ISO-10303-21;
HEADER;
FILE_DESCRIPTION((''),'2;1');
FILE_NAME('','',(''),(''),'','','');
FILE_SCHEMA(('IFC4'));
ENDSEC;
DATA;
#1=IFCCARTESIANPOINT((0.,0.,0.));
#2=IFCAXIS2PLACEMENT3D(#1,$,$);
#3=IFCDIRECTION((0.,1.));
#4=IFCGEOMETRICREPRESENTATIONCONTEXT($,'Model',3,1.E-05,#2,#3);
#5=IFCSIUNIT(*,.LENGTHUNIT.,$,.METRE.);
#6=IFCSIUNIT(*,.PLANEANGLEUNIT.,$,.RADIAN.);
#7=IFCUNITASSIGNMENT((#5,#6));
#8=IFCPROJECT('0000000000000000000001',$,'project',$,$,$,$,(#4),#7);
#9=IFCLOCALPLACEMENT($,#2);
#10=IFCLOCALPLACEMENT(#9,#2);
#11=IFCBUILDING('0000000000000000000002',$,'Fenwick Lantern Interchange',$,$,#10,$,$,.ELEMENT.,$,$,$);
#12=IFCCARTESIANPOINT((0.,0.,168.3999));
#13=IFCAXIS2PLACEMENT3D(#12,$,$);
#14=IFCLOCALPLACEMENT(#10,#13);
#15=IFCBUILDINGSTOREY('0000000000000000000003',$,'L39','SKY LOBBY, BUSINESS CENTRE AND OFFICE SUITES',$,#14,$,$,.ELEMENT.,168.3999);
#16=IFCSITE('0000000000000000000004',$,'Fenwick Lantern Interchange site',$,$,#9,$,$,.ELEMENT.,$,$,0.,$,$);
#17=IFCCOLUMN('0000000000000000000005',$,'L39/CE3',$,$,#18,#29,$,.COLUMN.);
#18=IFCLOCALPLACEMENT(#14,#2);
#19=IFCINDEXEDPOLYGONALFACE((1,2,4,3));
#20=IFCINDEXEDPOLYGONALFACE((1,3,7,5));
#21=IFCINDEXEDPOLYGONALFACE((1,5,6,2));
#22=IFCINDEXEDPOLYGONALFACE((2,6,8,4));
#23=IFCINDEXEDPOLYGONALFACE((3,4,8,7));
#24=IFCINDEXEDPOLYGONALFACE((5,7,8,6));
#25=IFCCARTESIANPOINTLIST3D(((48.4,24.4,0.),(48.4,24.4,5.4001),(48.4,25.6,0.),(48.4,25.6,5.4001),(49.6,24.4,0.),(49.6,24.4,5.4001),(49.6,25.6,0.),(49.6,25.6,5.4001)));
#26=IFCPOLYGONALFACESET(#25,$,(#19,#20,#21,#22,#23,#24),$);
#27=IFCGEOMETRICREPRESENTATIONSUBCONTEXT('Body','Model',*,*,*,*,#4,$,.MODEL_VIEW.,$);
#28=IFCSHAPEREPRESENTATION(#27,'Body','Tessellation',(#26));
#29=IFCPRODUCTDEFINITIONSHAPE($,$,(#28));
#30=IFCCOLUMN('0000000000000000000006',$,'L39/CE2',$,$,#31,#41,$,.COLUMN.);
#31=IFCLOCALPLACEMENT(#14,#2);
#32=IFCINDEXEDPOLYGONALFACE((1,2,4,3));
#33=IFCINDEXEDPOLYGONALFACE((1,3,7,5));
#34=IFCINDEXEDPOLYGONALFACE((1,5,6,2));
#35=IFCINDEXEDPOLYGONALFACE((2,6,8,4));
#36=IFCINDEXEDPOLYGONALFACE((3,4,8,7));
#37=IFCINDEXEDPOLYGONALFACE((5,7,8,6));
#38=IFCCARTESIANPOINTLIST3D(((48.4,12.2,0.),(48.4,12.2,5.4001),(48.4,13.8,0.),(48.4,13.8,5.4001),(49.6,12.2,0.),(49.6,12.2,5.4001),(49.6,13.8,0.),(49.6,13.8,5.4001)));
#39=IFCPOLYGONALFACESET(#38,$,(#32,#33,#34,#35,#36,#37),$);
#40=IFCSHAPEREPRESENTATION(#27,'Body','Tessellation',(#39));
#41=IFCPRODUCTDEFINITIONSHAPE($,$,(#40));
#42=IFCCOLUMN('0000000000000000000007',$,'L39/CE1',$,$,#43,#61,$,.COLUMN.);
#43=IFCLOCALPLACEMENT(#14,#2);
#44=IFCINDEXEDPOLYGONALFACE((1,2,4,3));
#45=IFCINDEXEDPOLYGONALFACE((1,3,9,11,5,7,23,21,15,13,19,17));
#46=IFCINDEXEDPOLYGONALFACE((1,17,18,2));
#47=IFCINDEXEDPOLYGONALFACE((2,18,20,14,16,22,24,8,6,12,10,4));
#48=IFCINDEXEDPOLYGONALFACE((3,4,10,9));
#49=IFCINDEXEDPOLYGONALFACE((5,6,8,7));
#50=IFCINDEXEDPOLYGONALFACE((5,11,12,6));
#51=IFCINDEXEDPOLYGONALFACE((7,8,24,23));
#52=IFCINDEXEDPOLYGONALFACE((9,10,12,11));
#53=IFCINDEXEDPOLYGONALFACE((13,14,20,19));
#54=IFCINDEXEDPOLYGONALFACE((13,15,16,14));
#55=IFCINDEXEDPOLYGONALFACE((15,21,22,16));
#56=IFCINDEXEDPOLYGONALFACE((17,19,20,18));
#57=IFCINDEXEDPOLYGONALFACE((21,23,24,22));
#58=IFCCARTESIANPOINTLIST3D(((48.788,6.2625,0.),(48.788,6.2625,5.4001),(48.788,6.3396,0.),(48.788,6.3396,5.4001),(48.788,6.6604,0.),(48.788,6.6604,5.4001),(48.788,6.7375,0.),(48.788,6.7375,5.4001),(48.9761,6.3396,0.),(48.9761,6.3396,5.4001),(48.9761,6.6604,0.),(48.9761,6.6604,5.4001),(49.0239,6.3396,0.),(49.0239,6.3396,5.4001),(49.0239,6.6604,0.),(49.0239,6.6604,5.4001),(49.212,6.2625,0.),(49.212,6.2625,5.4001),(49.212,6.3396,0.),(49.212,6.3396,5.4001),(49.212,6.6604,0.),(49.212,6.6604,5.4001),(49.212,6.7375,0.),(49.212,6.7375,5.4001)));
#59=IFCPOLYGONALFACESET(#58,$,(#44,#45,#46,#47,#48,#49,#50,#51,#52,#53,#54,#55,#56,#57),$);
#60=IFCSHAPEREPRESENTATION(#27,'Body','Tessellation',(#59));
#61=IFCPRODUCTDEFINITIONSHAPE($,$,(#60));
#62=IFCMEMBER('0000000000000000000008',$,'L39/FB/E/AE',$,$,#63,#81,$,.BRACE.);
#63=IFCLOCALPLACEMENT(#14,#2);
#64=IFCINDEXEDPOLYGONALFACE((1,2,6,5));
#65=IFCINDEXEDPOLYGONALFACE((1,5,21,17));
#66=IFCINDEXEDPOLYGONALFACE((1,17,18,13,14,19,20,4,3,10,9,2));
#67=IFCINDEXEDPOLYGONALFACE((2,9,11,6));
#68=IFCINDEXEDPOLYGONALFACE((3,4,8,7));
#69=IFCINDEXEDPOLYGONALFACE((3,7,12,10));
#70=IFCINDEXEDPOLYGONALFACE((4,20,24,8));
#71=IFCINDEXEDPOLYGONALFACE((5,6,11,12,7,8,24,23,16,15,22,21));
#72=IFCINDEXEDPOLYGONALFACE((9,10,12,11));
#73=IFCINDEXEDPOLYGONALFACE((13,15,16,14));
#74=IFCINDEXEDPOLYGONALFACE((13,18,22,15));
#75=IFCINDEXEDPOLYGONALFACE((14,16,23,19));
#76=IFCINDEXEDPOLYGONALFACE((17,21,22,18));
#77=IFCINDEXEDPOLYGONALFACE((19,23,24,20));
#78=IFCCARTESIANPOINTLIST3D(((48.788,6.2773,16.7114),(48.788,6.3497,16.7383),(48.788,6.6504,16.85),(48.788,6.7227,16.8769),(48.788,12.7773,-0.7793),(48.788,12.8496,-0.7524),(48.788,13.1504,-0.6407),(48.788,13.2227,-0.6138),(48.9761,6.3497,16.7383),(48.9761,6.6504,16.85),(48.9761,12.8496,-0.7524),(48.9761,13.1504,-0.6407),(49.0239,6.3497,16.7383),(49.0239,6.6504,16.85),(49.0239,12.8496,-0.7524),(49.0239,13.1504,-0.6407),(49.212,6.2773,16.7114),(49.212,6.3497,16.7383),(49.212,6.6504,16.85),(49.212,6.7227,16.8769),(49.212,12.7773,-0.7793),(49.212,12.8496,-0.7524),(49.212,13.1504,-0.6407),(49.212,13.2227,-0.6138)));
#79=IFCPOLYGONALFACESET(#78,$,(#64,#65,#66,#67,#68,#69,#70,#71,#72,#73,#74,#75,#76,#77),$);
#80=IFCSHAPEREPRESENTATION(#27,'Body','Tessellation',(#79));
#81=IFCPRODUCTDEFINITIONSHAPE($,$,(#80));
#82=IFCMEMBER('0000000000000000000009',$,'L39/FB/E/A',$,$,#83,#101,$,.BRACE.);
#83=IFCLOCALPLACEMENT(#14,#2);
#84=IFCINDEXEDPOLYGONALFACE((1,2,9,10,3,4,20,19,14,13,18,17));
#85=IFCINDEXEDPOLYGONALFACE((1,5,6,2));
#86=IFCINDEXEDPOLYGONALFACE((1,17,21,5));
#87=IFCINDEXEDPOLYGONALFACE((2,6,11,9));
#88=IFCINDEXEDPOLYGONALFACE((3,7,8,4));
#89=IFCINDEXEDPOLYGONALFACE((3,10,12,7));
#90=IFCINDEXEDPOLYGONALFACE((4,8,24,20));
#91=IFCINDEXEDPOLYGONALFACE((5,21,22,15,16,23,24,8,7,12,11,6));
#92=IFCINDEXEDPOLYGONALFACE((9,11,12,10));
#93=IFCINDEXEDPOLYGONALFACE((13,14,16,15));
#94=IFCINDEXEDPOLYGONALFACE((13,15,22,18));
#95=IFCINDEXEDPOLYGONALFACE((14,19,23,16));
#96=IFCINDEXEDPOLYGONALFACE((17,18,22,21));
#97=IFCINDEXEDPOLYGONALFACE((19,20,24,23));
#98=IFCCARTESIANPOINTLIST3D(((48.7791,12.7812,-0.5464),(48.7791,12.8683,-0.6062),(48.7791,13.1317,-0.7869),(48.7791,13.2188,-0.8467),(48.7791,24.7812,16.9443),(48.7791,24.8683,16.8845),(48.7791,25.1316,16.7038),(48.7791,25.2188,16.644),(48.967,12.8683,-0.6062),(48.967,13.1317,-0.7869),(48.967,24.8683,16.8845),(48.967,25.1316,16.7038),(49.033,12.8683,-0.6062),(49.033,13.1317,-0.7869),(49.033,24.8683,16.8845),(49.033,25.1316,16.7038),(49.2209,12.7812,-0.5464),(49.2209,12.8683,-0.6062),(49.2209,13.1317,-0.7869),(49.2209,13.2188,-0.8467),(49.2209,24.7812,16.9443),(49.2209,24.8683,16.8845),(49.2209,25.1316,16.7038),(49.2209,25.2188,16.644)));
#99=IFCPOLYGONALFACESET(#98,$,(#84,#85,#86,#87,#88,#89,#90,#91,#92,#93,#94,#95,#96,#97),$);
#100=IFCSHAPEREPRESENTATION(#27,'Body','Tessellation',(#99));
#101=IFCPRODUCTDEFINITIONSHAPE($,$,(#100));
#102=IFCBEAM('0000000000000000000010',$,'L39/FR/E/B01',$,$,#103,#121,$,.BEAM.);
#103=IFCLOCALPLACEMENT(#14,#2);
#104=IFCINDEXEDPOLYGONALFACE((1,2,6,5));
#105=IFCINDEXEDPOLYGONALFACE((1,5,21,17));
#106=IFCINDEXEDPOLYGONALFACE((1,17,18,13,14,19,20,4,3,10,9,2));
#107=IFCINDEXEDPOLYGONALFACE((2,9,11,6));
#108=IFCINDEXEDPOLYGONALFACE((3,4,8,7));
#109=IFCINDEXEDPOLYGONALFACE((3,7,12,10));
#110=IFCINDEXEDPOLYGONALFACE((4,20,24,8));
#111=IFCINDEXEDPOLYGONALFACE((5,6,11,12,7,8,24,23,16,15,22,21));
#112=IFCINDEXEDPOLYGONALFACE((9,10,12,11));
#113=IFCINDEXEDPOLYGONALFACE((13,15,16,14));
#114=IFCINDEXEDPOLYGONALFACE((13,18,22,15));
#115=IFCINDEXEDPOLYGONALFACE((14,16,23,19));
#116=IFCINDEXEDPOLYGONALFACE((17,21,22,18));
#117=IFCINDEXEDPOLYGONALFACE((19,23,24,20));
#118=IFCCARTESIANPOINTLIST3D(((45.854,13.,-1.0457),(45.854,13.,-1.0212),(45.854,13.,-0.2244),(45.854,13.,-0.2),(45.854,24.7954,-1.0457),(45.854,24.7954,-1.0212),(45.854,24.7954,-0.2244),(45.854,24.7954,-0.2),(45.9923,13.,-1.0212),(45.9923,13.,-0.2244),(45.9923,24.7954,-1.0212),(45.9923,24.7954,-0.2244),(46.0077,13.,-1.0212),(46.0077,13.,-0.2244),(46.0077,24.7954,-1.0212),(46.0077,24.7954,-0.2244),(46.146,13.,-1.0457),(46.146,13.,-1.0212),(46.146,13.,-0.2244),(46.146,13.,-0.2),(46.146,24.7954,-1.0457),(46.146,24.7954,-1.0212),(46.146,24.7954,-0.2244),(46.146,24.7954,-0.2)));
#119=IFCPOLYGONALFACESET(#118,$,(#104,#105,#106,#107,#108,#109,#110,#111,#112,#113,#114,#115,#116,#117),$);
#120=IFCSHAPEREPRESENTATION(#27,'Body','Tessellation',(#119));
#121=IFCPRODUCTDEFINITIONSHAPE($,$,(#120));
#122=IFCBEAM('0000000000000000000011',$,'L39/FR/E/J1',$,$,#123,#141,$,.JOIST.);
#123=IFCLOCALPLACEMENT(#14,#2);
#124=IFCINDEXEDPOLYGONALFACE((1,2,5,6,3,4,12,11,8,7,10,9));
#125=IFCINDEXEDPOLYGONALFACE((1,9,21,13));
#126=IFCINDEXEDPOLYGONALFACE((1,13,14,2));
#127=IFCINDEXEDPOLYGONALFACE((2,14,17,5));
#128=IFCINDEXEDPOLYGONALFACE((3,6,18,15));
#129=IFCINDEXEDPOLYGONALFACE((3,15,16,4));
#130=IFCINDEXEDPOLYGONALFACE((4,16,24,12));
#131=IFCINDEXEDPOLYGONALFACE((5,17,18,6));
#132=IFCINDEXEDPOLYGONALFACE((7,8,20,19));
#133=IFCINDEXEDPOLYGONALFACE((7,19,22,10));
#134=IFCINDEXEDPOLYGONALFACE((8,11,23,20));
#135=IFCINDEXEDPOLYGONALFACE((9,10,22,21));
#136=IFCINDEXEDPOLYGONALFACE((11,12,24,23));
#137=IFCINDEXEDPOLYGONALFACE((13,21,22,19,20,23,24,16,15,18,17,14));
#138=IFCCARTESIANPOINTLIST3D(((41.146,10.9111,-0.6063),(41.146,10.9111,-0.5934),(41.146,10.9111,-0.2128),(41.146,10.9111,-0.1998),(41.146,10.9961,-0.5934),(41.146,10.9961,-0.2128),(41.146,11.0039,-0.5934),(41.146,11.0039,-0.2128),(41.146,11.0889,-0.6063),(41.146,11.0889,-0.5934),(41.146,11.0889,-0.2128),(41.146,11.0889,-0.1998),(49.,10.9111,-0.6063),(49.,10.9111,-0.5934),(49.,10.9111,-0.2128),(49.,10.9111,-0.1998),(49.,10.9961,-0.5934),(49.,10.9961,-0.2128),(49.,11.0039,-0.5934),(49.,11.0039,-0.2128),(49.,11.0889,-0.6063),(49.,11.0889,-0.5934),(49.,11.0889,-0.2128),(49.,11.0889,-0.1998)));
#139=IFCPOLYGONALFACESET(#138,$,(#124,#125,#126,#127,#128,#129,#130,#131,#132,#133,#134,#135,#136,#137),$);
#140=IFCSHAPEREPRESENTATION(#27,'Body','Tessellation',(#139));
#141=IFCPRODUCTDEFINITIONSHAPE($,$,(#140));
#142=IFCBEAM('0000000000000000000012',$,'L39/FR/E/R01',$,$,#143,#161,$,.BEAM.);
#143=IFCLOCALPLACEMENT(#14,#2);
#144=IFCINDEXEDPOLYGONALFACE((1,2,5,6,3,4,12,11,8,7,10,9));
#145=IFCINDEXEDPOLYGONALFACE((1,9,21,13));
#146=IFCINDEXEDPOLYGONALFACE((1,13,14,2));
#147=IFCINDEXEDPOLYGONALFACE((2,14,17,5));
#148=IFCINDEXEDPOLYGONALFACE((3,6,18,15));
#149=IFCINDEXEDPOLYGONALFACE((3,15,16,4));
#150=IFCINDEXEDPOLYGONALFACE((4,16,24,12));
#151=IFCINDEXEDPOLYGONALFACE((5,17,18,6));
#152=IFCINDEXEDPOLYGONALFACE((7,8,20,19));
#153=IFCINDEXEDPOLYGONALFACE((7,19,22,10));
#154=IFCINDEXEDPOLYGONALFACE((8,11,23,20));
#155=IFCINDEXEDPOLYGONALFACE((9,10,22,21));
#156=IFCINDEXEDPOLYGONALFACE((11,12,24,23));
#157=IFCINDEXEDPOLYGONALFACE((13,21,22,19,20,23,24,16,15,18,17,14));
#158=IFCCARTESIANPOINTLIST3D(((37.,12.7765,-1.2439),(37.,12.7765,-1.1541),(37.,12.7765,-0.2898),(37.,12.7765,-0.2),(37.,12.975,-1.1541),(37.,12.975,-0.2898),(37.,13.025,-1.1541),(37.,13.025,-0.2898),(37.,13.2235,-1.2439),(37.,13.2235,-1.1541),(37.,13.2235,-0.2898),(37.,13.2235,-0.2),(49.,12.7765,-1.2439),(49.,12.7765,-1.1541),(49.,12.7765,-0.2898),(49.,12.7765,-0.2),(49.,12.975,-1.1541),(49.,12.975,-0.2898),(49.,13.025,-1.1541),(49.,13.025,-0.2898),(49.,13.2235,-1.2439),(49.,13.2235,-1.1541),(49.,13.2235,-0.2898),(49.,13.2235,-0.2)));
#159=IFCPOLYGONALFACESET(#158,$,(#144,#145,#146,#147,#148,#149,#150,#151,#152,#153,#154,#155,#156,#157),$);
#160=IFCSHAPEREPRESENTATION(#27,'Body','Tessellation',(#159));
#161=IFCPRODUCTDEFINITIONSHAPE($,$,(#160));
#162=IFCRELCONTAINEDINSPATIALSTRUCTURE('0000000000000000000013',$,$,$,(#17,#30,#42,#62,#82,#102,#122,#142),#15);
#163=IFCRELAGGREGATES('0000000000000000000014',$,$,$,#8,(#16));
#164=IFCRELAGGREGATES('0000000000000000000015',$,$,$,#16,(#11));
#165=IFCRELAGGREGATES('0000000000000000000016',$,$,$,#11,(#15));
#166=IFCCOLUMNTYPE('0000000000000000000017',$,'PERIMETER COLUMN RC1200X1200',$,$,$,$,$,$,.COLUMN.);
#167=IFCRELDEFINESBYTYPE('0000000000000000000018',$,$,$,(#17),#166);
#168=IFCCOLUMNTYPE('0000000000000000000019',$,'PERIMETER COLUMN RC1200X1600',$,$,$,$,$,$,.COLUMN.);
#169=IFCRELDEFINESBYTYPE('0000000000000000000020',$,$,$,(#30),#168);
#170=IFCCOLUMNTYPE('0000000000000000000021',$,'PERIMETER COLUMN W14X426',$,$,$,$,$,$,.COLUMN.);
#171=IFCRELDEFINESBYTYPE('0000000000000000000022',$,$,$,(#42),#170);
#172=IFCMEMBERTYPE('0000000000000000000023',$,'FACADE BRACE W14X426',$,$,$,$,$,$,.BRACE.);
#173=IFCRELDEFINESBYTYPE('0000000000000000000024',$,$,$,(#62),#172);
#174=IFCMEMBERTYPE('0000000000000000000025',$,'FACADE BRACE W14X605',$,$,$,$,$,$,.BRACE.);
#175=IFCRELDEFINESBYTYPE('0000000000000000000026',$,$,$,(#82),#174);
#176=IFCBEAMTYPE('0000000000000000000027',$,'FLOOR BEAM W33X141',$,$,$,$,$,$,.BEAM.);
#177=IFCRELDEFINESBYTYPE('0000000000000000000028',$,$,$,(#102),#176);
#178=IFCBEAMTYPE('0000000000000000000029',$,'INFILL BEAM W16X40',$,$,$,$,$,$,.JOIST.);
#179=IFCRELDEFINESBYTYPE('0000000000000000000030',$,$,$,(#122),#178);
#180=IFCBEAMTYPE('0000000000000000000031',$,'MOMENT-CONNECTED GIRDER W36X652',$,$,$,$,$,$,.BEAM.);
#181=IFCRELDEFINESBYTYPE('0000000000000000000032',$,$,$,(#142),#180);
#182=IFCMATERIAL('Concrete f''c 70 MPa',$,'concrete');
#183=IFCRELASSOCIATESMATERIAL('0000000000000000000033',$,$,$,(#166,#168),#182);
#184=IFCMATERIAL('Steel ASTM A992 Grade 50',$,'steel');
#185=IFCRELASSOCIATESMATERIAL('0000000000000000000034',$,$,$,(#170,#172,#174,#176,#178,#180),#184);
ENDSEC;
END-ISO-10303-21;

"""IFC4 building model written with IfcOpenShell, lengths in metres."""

from ifc_helpers import new_model, si_unit, direction, frame, origin, origin_2d, place, context, subcontext, project, spatial, rectangle, i_section, extrude, material, material_profile, profile_set, type_object, element, save


model = new_model("IFC4")

# Units and contexts
model_context = context("Model", 3, precision=1e-05, world=origin(), true_north=direction((0.0, 1.0)))
body_context = subcontext(model_context, "Body", "Model", "MODEL_VIEW")
ifc_project = project(units=[si_unit("LENGTHUNIT", "METRE"), si_unit("PLANEANGLEUNIT", "RADIAN")], contexts=[model_context])

# Site, building, storey
site_placement = place(None, origin())
site = spatial("IfcSite", under=ifc_project, at=site_placement, Name="Fenwick Lantern Interchange site", CompositionType="ELEMENT", RefElevation=0.0)
building_placement = place(site_placement, origin())
building = spatial("IfcBuilding", under=site, at=building_placement, Name="Fenwick Lantern Interchange", CompositionType="ELEMENT")
storey_placement = place(building_placement, frame((0.0, 0.0, 168.3999)))
storey = spatial("IfcBuildingStorey", under=building, at=storey_placement, Name="L39", Description="SKY LOBBY, BUSINESS CENTRE AND OFFICE SUITES", CompositionType="ELEMENT", Elevation=168.3999)

# Columns
ifc_material_1 = material(Name="Concrete f'c 70 MPa", Category="concrete")
ifc_material_profile_1 = material_profile(ifc_material_1, rectangle(XDim=1.2, YDim=1.2, at=origin_2d()), Name="RC1200X1200")
ifc_profile_set_1 = profile_set([ifc_material_profile_1], Name="Concrete f'c 70 MPa")
column_type_1 = type_object("IfcColumnType", Name="PERIMETER COLUMN RC1200X1200", PredefinedType="COLUMN", material=ifc_profile_set_1)
column_1_placement = place(storey_placement, frame((49.0, 25.0, 0.0), z_axis=(0.0, 0.0, 1.0), x_axis=(1.0, 0.0, 0.0)))
element("IfcColumn", 1, at=column_1_placement, inside=storey, type_object=column_type_1, Name="L39/CE3", PredefinedType="COLUMN", context=body_context, shape_type="SweptSolid", body=[
    extrude(rectangle(XDim=1.2, YDim=1.2, at=origin_2d()), origin(), (0.0, 0.0, 1.0), 5.4001),
])
ifc_material_profile_2 = material_profile(ifc_material_1, rectangle(XDim=1.2, YDim=1.6001, at=origin_2d()), Name="RC1200X1600")
ifc_profile_set_2 = profile_set([ifc_material_profile_2], Name="Concrete f'c 70 MPa")
column_type_2 = type_object("IfcColumnType", Name="PERIMETER COLUMN RC1200X1600", PredefinedType="COLUMN", material=ifc_profile_set_2)
column_2_placement = place(storey_placement, frame((49.0, 13.0, 0.0), z_axis=(0.0, 0.0, 1.0), x_axis=(1.0, 0.0, 0.0)))
element("IfcColumn", 2, at=column_2_placement, inside=storey, type_object=column_type_2, Name="L39/CE2", PredefinedType="COLUMN", context=body_context, shape_type="SweptSolid", body=[
    extrude(rectangle(XDim=1.2, YDim=1.6001, at=origin_2d()), origin(), (0.0, 0.0, 1.0), 5.4001),
])
ifc_material_2 = material(Name="Steel ASTM A992 Grade 50", Category="steel")
ifc_material_profile_3 = material_profile(ifc_material_2, i_section(OverallWidth=0.4241, OverallDepth=0.4751, WebThickness=0.0479, FlangeThickness=0.0771, at=origin_2d()), Name="W14X426")
ifc_profile_set_3 = profile_set([ifc_material_profile_3], Name="Steel ASTM A992 Grade 50")
column_type_3 = type_object("IfcColumnType", Name="PERIMETER COLUMN W14X426", PredefinedType="COLUMN", material=ifc_profile_set_3)
column_3_placement = place(storey_placement, frame((49.0, 6.5, 0.0), z_axis=(0.0, 0.0, 1.0), x_axis=(1.0, 0.0, 0.0)))
element("IfcColumn", 3, at=column_3_placement, inside=storey, type_object=column_type_3, Name="L39/CE1", PredefinedType="COLUMN", context=body_context, shape_type="SweptSolid", body=[
    extrude(i_section(OverallWidth=0.4241, OverallDepth=0.4751, WebThickness=0.0479, FlangeThickness=0.0771, at=origin_2d()), origin(), (0.0, 0.0, 1.0), 5.4001),
])

# Members
ifc_material_profile_4 = material_profile(ifc_material_2, i_section(OverallWidth=0.4241, OverallDepth=0.4751, WebThickness=0.0479, FlangeThickness=0.0771, at=origin_2d()), Name="W14X426")
ifc_profile_set_4 = profile_set([ifc_material_profile_4], Name="Steel ASTM A992 Grade 50")
member_type_1 = type_object("IfcMemberType", Name="FACADE BRACE W14X426", PredefinedType="BRACE", material=ifc_profile_set_4)
member_1_placement = place(storey_placement, frame((49.0, 13.0, -0.6965), z_axis=(0.0, -0.348349, 0.937365), x_axis=(1.0, 0.0, 0.0)))
element("IfcMember", 4, at=member_1_placement, inside=storey, type_object=member_type_1, Name="L39/FB/E/AE", PredefinedType="BRACE", context=body_context, shape_type="SweptSolid", body=[
    extrude(i_section(OverallWidth=0.4241, OverallDepth=0.4751, WebThickness=0.0479, FlangeThickness=0.0771, at=origin_2d()), origin(), (0.0, 0.0, 1.0), 18.6594),
])
ifc_material_profile_5 = material_profile(ifc_material_2, i_section(OverallWidth=0.4419, OverallDepth=0.5308, WebThickness=0.0659, FlangeThickness=0.1057, at=origin_2d()), Name="W14X605")
ifc_profile_set_5 = profile_set([ifc_material_profile_5], Name="Steel ASTM A992 Grade 50")
member_type_2 = type_object("IfcMemberType", Name="FACADE BRACE W14X605", PredefinedType="BRACE", material=ifc_profile_set_5)
member_2_placement = place(storey_placement, frame((49.0, 13.0, -0.6965), z_axis=(0.0, 0.565732, 0.824589), x_axis=(-1.0, 0.0, 0.0)))
element("IfcMember", 5, at=member_2_placement, inside=storey, type_object=member_type_2, Name="L39/FB/E/A", PredefinedType="BRACE", context=body_context, shape_type="SweptSolid", body=[
    extrude(i_section(OverallWidth=0.4419, OverallDepth=0.5308, WebThickness=0.0659, FlangeThickness=0.1057, at=origin_2d()), origin(), (0.0, 0.0, 1.0), 21.2114),
])

# Beams
ifc_material_profile_6 = material_profile(ifc_material_2, i_section(OverallWidth=0.292, OverallDepth=0.8457, WebThickness=0.0154, FlangeThickness=0.0244, at=origin_2d()), Name="W33X141")
ifc_profile_set_6 = profile_set([ifc_material_profile_6], Name="Steel ASTM A992 Grade 50")
beam_type_1 = type_object("IfcBeamType", Name="FLOOR BEAM W33X141", PredefinedType="BEAM", material=ifc_profile_set_6)
beam_1_placement = place(storey_placement, frame((46.0, 13.0, -0.6228), z_axis=(0.0, 1.0, 0.0), x_axis=(-1.0, 0.0, 0.0)))
element("IfcBeam", 6, at=beam_1_placement, inside=storey, type_object=beam_type_1, Name="L39/FR/E/B01", PredefinedType="BEAM", context=body_context, shape_type="SweptSolid", body=[
    extrude(i_section(OverallWidth=0.292, OverallDepth=0.8457, WebThickness=0.0154, FlangeThickness=0.0244, at=origin_2d()), origin(), (0.0, 0.0, 1.0), 11.7954),
])
ifc_material_profile_7 = material_profile(ifc_material_2, i_section(OverallWidth=0.1777, OverallDepth=0.4065, WebThickness=0.0078, FlangeThickness=0.0129, at=origin_2d()), Name="W16X40")
ifc_profile_set_7 = profile_set([ifc_material_profile_7], Name="Steel ASTM A992 Grade 50")
beam_type_2 = type_object("IfcBeamType", Name="INFILL BEAM W16X40", PredefinedType="JOIST", material=ifc_profile_set_7)
beam_2_placement = place(storey_placement, frame((49.0, 11.0, -0.4031), z_axis=(-1.0, 0.0, 0.0), x_axis=(0.0, -1.0, 0.0)))
element("IfcBeam", 7, at=beam_2_placement, inside=storey, type_object=beam_type_2, Name="L39/FR/E/J1", PredefinedType="JOIST", context=body_context, shape_type="SweptSolid", body=[
    extrude(i_section(OverallWidth=0.1777, OverallDepth=0.4065, WebThickness=0.0078, FlangeThickness=0.0129, at=origin_2d()), origin(), (0.0, 0.0, 1.0), 7.854),
])
ifc_material_profile_8 = material_profile(ifc_material_2, i_section(OverallWidth=0.447, OverallDepth=1.0439, WebThickness=0.05, FlangeThickness=0.0898, at=origin_2d()), Name="W36X652")
ifc_profile_set_8 = profile_set([ifc_material_profile_8], Name="Steel ASTM A992 Grade 50")
beam_type_3 = type_object("IfcBeamType", Name="MOMENT-CONNECTED GIRDER W36X652", PredefinedType="BEAM", material=ifc_profile_set_8)
beam_3_placement = place(storey_placement, frame((49.0, 13.0, -0.7219), z_axis=(-1.0, 0.0, 0.0), x_axis=(0.0, -1.0, 0.0)))
element("IfcBeam", 8, at=beam_3_placement, inside=storey, type_object=beam_type_3, Name="L39/FR/E/R01", PredefinedType="BEAM", context=body_context, shape_type="SweptSolid", body=[
    extrude(i_section(OverallWidth=0.447, OverallDepth=1.0439, WebThickness=0.05, FlangeThickness=0.0898, at=origin_2d()), origin(), (0.0, 0.0, 1.0), 12.0),
])

save(model, "model.ifc")
